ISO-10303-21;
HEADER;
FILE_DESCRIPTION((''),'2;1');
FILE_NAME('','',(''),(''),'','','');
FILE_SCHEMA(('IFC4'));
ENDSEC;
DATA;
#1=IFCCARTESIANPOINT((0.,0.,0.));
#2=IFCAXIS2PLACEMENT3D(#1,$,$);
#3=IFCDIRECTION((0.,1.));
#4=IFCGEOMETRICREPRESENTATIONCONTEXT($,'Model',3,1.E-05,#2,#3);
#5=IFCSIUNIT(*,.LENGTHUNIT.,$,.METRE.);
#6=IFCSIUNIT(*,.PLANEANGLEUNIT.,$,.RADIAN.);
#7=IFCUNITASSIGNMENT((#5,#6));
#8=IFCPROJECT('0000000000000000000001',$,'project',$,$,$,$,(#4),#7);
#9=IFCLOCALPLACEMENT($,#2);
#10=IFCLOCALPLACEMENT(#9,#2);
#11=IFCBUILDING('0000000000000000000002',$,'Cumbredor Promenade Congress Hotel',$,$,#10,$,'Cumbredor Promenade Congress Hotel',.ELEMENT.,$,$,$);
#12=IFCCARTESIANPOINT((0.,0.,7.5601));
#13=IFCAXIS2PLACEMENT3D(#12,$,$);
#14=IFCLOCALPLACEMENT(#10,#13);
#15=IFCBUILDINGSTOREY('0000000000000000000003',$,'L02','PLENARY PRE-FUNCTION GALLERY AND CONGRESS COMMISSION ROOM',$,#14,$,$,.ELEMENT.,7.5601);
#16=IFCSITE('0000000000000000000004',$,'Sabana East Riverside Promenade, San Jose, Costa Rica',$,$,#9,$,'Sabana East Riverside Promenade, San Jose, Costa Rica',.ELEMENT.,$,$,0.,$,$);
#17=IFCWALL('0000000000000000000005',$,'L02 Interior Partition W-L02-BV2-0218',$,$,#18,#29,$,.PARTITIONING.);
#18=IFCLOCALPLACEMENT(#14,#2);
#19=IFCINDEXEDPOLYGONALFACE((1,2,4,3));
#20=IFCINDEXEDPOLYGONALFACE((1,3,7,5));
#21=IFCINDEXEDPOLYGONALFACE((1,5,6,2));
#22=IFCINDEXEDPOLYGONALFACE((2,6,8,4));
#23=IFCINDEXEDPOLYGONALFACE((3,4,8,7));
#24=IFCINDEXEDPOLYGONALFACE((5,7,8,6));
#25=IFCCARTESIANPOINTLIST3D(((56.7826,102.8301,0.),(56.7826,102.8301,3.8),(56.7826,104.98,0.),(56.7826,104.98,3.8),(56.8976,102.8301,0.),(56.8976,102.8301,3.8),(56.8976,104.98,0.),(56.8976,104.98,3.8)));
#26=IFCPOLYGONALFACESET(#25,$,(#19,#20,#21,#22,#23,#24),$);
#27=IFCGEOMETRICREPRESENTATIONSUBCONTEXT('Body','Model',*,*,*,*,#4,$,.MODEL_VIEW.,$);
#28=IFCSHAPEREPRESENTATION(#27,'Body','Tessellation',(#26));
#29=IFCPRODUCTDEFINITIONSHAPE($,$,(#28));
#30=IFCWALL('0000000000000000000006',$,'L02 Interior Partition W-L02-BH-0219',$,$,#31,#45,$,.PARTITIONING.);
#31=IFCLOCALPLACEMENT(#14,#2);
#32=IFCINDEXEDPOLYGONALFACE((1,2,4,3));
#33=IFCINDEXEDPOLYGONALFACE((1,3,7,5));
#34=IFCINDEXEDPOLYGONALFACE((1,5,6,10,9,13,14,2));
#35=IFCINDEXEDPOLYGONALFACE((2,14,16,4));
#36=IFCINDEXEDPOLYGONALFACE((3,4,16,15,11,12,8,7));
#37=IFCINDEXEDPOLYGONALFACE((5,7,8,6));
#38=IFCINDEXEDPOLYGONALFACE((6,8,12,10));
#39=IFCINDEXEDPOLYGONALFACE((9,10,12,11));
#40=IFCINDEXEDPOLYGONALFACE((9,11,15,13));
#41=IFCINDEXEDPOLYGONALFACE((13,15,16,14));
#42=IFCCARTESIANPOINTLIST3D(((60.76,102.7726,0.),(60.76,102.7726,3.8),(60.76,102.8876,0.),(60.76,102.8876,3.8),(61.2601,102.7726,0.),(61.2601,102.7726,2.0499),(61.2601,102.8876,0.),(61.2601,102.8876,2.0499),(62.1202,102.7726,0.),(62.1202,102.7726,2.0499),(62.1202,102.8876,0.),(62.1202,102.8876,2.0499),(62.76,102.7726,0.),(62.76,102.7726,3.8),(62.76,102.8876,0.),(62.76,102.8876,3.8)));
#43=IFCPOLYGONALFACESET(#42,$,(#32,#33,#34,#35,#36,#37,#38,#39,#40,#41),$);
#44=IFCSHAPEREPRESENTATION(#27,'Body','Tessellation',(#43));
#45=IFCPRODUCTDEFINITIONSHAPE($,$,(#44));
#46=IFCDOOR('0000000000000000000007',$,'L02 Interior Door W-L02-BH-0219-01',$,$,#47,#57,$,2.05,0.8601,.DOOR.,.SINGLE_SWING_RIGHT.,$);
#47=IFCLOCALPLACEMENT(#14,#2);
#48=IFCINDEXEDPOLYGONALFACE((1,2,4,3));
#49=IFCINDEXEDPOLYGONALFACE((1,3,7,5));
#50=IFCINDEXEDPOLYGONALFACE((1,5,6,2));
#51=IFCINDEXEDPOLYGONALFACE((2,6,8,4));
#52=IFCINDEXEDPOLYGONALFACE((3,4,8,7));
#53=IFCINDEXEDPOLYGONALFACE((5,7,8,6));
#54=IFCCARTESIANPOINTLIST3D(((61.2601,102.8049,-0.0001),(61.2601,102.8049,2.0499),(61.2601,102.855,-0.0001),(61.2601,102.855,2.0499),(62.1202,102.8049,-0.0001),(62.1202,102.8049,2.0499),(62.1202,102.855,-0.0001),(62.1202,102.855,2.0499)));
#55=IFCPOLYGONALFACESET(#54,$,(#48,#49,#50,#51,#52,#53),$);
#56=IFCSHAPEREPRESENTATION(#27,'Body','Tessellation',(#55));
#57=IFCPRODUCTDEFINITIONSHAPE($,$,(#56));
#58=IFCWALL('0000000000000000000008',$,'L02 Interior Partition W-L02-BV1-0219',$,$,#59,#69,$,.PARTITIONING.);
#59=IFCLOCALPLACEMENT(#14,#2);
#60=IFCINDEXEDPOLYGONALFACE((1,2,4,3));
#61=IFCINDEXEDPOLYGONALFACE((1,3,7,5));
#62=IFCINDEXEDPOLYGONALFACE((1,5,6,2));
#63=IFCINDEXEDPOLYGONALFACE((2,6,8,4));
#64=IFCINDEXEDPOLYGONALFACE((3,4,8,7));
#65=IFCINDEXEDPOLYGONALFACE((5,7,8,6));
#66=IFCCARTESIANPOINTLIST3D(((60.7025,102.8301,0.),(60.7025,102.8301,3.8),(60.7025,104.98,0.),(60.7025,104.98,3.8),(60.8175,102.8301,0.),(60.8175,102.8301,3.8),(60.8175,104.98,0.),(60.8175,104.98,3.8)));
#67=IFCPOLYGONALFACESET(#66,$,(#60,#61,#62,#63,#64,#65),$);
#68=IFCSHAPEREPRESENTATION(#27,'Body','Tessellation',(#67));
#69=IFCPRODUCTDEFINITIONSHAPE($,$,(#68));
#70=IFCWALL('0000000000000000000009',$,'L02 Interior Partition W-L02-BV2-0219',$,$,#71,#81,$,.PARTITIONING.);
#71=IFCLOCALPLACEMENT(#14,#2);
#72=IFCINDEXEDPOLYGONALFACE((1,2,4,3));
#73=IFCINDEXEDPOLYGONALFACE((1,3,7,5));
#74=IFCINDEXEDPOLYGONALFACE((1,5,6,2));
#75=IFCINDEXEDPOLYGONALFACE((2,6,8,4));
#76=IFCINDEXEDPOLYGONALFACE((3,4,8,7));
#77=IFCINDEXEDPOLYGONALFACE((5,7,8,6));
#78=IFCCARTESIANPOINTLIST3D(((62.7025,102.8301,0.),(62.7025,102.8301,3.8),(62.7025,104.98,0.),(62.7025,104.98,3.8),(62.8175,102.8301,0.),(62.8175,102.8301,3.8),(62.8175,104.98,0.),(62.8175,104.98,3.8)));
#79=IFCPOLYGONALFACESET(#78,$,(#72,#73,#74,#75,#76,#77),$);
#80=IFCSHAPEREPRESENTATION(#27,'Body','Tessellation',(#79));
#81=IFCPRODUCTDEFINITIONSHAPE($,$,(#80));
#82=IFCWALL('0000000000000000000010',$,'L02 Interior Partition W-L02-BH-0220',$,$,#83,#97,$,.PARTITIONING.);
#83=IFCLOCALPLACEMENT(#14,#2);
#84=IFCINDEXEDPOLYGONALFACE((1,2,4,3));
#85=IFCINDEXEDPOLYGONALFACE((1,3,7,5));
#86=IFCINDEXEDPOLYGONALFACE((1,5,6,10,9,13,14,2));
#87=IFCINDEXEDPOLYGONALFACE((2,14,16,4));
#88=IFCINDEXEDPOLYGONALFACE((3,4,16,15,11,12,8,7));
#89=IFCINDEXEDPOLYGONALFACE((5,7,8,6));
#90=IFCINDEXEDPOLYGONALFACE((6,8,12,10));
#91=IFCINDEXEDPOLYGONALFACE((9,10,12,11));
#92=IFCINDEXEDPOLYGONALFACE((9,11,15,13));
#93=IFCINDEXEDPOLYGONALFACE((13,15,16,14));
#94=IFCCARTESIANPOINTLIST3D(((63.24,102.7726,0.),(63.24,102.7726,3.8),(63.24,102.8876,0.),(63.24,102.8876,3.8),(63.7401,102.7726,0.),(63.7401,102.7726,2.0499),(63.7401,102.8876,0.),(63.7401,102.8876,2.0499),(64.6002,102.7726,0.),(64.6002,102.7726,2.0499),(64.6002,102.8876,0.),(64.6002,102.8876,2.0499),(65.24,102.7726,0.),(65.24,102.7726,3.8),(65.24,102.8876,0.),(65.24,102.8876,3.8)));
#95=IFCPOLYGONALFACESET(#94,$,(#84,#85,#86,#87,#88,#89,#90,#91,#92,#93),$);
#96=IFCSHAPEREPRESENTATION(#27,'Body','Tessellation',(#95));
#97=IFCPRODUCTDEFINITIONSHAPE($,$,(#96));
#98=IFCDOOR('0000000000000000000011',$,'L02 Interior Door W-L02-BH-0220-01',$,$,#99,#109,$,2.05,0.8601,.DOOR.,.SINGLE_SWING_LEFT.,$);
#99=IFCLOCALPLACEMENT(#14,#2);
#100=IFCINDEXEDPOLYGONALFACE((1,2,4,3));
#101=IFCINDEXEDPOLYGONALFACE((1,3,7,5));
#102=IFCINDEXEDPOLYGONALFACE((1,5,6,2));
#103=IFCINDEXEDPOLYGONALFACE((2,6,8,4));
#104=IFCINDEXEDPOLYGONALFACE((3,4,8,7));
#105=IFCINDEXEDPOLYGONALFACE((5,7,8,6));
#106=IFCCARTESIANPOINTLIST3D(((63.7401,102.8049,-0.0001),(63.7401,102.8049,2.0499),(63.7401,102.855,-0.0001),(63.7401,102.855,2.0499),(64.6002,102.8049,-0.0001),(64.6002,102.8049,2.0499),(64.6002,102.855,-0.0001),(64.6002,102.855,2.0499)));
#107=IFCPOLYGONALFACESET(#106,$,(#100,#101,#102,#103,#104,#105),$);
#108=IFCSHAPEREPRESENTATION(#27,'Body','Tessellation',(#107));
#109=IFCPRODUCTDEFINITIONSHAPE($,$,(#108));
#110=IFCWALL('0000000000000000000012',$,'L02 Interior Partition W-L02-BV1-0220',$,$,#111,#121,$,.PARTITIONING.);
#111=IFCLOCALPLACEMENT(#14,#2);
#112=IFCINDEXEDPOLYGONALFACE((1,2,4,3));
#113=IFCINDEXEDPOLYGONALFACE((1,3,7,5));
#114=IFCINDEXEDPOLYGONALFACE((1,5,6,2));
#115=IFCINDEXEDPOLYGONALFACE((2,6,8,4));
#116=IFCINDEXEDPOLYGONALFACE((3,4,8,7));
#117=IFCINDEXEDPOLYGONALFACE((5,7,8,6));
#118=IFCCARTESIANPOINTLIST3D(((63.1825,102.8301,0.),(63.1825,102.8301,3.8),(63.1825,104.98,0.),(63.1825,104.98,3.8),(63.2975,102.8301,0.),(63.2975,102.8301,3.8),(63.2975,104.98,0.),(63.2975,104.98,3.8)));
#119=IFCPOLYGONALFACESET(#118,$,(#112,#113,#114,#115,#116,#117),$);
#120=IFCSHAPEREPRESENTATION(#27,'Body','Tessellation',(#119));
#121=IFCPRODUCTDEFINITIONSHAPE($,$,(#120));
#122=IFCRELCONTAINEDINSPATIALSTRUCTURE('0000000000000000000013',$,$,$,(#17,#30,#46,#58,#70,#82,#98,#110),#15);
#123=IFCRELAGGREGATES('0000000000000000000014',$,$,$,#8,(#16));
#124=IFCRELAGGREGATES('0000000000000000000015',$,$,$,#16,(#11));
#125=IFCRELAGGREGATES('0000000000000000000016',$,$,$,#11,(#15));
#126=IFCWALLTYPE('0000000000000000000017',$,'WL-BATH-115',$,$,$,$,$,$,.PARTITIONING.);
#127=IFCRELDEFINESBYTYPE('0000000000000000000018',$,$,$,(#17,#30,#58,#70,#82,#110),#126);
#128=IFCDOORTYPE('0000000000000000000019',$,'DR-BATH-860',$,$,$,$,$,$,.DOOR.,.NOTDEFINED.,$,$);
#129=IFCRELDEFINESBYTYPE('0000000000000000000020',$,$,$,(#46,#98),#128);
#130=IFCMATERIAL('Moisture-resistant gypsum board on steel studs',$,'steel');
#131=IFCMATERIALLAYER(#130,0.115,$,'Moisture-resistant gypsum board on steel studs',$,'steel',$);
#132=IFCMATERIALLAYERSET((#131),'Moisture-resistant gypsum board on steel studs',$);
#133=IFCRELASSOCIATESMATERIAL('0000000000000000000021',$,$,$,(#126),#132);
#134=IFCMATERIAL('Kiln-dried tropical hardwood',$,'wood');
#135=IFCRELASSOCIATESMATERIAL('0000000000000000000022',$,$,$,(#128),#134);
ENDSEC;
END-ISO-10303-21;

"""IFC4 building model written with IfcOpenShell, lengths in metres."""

from ifc_helpers import new_model, si_unit, direction, frame, frame_2d, origin, place, context, subcontext, project, spatial, rectangle, extrude, material, layer, layer_set, type_object, element, fill, save


model = new_model("IFC4")

# Units and contexts
model_context = context("Model", 3, precision=1e-05, world=origin(), true_north=direction((0.0, 1.0)))
body_context = subcontext(model_context, "Body", "Model", "MODEL_VIEW")
ifc_project = project(units=[si_unit("LENGTHUNIT", "METRE"), si_unit("PLANEANGLEUNIT", "RADIAN")], contexts=[model_context])

# Site, building, storey
site_placement = place(None, origin())
site = spatial("IfcSite", under=ifc_project, at=site_placement, Name="Sabana East Riverside Promenade, San Jose, Costa Rica", LongName="Sabana East Riverside Promenade, San Jose, Costa Rica", CompositionType="ELEMENT", RefElevation=0.0)
building_placement = place(site_placement, origin())
building = spatial("IfcBuilding", under=site, at=building_placement, Name="Cumbredor Promenade Congress Hotel", LongName="Cumbredor Promenade Congress Hotel", CompositionType="ELEMENT")
storey_placement = place(building_placement, frame((0.0, 0.0, 7.5601)))
storey = spatial("IfcBuildingStorey", under=building, at=storey_placement, Name="L02", Description="PLENARY PRE-FUNCTION GALLERY AND CONGRESS COMMISSION ROOM", CompositionType="ELEMENT", Elevation=7.5601)

# Wall
ifc_material_1 = material(Name="Moisture-resistant gypsum board on steel studs", Category="steel")
ifc_layer = layer(ifc_material_1, 0.115, Name="Moisture-resistant gypsum board on steel studs", Category="steel")
ifc_layer_set = layer_set([ifc_layer], Name="Moisture-resistant gypsum board on steel studs")
wall_type = type_object("IfcWallType", Name="WL-BATH-115", PredefinedType="PARTITIONING", material=ifc_layer_set)
wall_1_placement = place(storey_placement, frame((56.8401, 102.8301, 0.0), z_axis=(0.0, 0.0, 1.0), x_axis=(0.0, 1.0, 0.0)))
element("IfcWall", 1, at=wall_1_placement, inside=storey, type_object=wall_type, Name="L02 Interior Partition W-L02-BV2-0218", PredefinedType="PARTITIONING", context=body_context, shape_type="SweptSolid", body=[
    extrude(rectangle(XDim=2.1499, YDim=0.115, at=frame_2d((1.075, 0.0))), origin(), (0.0, 0.0, 1.0), 3.8),
])

# Wall, opening, door
wall_2_placement = place(storey_placement, frame((60.76, 102.8301, 0.0), z_axis=(0.0, 0.0, 1.0), x_axis=(1.0, 0.0, 0.0)))
wall_2 = element("IfcWall", 2, at=wall_2_placement, inside=storey, type_object=wall_type, Name="L02 Interior Partition W-L02-BH-0219", PredefinedType="PARTITIONING", context=body_context, shape_type="SweptSolid", body=[
    extrude(rectangle(XDim=2.0, YDim=0.115, at=frame_2d((1.0, 0.0))), origin(), (0.0, 0.0, 1.0), 3.8),
])
opening_1_placement = place(wall_2_placement, frame((0.5, 0.0, 0.0)))
opening_1 = element("IfcOpeningElement", 3, at=opening_1_placement, cuts=wall_2, PredefinedType="OPENING", context=body_context, shape_type="SweptSolid", body=[
    extrude(rectangle(XDim=0.8601, YDim=2.05, at=frame_2d((0.4302, 1.0249))), frame((0.0, 0.0674, 0.0), z_axis=(0.0, -1.0, 0.0), x_axis=(1.0, 0.0, 0.0)), (0.0, 0.0, 1.0), 0.135),
])
ifc_material_2 = material(Name="Kiln-dried tropical hardwood", Category="wood")
door_type = type_object("IfcDoorType", Name="DR-BATH-860", OperationType="NOTDEFINED", PredefinedType="DOOR", material=ifc_material_2)
door_1_placement = place(opening_1_placement, origin())
door_1 = element("IfcDoor", 4, at=door_1_placement, inside=storey, type_object=door_type, Name="L02 Interior Door W-L02-BH-0219-01", OperationType="SINGLE_SWING_RIGHT", OverallHeight=2.05, OverallWidth=0.8601, PredefinedType="DOOR", context=body_context, shape_type="SweptSolid", body=[
    extrude(rectangle(XDim=0.8601, YDim=2.05, at=frame_2d((0.4302, 1.0249))), frame((0.0, 0.0249, 0.0), z_axis=(0.0, -1.0, 0.0), x_axis=(1.0, 0.0, 0.0)), (0.0, 0.0, 1.0), 0.05),
])
fill(opening_1, door_1)

# Walls
for number, where, z_axis, x_axis, name in (
    (5, (60.76, 102.8301, 0.0), (0.0, 0.0, 1.0), (0.0, 1.0, 0.0), "L02 Interior Partition W-L02-BV1-0219"),
    (6, (62.76, 102.8301, 0.0), (0.0, 0.0, 1.0), (0.0, 1.0, 0.0), "L02 Interior Partition W-L02-BV2-0219"),
):
    element("IfcWall", number, at=place(storey_placement, frame(where, z_axis=z_axis, x_axis=x_axis)), inside=storey, type_object=wall_type, Name=name, PredefinedType="PARTITIONING", context=body_context, shape_type="SweptSolid", body=[
        extrude(rectangle(XDim=2.1499, YDim=0.115, at=frame_2d((1.075, 0.0))), origin(), (0.0, 0.0, 1.0), 3.8),
    ])

# Wall, opening, door
wall_3_placement = place(storey_placement, frame((63.24, 102.8301, 0.0), z_axis=(0.0, 0.0, 1.0), x_axis=(1.0, 0.0, 0.0)))
wall_3 = element("IfcWall", 7, at=wall_3_placement, inside=storey, type_object=wall_type, Name="L02 Interior Partition W-L02-BH-0220", PredefinedType="PARTITIONING", context=body_context, shape_type="SweptSolid", body=[
    extrude(rectangle(XDim=2.0, YDim=0.115, at=frame_2d((1.0, 0.0))), origin(), (0.0, 0.0, 1.0), 3.8),
])
opening_2_placement = place(wall_3_placement, frame((0.5, 0.0, 0.0)))
opening_2 = element("IfcOpeningElement", 8, at=opening_2_placement, cuts=wall_3, PredefinedType="OPENING", context=body_context, shape_type="SweptSolid", body=[
    extrude(rectangle(XDim=0.8601, YDim=2.05, at=frame_2d((0.4302, 1.0249))), frame((0.0, 0.0674, 0.0), z_axis=(0.0, -1.0, 0.0), x_axis=(1.0, 0.0, 0.0)), (0.0, 0.0, 1.0), 0.135),
])
door_2_placement = place(opening_2_placement, origin())
door_2 = element("IfcDoor", 9, at=door_2_placement, inside=storey, type_object=door_type, Name="L02 Interior Door W-L02-BH-0220-01", OperationType="SINGLE_SWING_LEFT", OverallHeight=2.05, OverallWidth=0.8601, PredefinedType="DOOR", context=body_context, shape_type="SweptSolid", body=[
    extrude(rectangle(XDim=0.8601, YDim=2.05, at=frame_2d((0.4302, 1.0249))), frame((0.0, 0.0249, 0.0), z_axis=(0.0, -1.0, 0.0), x_axis=(1.0, 0.0, 0.0)), (0.0, 0.0, 1.0), 0.05),
])
fill(opening_2, door_2)

# Wall
wall_4_placement = place(storey_placement, frame((63.24, 102.8301, 0.0), z_axis=(0.0, 0.0, 1.0), x_axis=(0.0, 1.0, 0.0)))
element("IfcWall", 10, at=wall_4_placement, inside=storey, type_object=wall_type, Name="L02 Interior Partition W-L02-BV1-0220", PredefinedType="PARTITIONING", context=body_context, shape_type="SweptSolid", body=[
    extrude(rectangle(XDim=2.1499, YDim=0.115, at=frame_2d((1.075, 0.0))), origin(), (0.0, 0.0, 1.0), 3.8),
])

save(model, "model.ifc")
